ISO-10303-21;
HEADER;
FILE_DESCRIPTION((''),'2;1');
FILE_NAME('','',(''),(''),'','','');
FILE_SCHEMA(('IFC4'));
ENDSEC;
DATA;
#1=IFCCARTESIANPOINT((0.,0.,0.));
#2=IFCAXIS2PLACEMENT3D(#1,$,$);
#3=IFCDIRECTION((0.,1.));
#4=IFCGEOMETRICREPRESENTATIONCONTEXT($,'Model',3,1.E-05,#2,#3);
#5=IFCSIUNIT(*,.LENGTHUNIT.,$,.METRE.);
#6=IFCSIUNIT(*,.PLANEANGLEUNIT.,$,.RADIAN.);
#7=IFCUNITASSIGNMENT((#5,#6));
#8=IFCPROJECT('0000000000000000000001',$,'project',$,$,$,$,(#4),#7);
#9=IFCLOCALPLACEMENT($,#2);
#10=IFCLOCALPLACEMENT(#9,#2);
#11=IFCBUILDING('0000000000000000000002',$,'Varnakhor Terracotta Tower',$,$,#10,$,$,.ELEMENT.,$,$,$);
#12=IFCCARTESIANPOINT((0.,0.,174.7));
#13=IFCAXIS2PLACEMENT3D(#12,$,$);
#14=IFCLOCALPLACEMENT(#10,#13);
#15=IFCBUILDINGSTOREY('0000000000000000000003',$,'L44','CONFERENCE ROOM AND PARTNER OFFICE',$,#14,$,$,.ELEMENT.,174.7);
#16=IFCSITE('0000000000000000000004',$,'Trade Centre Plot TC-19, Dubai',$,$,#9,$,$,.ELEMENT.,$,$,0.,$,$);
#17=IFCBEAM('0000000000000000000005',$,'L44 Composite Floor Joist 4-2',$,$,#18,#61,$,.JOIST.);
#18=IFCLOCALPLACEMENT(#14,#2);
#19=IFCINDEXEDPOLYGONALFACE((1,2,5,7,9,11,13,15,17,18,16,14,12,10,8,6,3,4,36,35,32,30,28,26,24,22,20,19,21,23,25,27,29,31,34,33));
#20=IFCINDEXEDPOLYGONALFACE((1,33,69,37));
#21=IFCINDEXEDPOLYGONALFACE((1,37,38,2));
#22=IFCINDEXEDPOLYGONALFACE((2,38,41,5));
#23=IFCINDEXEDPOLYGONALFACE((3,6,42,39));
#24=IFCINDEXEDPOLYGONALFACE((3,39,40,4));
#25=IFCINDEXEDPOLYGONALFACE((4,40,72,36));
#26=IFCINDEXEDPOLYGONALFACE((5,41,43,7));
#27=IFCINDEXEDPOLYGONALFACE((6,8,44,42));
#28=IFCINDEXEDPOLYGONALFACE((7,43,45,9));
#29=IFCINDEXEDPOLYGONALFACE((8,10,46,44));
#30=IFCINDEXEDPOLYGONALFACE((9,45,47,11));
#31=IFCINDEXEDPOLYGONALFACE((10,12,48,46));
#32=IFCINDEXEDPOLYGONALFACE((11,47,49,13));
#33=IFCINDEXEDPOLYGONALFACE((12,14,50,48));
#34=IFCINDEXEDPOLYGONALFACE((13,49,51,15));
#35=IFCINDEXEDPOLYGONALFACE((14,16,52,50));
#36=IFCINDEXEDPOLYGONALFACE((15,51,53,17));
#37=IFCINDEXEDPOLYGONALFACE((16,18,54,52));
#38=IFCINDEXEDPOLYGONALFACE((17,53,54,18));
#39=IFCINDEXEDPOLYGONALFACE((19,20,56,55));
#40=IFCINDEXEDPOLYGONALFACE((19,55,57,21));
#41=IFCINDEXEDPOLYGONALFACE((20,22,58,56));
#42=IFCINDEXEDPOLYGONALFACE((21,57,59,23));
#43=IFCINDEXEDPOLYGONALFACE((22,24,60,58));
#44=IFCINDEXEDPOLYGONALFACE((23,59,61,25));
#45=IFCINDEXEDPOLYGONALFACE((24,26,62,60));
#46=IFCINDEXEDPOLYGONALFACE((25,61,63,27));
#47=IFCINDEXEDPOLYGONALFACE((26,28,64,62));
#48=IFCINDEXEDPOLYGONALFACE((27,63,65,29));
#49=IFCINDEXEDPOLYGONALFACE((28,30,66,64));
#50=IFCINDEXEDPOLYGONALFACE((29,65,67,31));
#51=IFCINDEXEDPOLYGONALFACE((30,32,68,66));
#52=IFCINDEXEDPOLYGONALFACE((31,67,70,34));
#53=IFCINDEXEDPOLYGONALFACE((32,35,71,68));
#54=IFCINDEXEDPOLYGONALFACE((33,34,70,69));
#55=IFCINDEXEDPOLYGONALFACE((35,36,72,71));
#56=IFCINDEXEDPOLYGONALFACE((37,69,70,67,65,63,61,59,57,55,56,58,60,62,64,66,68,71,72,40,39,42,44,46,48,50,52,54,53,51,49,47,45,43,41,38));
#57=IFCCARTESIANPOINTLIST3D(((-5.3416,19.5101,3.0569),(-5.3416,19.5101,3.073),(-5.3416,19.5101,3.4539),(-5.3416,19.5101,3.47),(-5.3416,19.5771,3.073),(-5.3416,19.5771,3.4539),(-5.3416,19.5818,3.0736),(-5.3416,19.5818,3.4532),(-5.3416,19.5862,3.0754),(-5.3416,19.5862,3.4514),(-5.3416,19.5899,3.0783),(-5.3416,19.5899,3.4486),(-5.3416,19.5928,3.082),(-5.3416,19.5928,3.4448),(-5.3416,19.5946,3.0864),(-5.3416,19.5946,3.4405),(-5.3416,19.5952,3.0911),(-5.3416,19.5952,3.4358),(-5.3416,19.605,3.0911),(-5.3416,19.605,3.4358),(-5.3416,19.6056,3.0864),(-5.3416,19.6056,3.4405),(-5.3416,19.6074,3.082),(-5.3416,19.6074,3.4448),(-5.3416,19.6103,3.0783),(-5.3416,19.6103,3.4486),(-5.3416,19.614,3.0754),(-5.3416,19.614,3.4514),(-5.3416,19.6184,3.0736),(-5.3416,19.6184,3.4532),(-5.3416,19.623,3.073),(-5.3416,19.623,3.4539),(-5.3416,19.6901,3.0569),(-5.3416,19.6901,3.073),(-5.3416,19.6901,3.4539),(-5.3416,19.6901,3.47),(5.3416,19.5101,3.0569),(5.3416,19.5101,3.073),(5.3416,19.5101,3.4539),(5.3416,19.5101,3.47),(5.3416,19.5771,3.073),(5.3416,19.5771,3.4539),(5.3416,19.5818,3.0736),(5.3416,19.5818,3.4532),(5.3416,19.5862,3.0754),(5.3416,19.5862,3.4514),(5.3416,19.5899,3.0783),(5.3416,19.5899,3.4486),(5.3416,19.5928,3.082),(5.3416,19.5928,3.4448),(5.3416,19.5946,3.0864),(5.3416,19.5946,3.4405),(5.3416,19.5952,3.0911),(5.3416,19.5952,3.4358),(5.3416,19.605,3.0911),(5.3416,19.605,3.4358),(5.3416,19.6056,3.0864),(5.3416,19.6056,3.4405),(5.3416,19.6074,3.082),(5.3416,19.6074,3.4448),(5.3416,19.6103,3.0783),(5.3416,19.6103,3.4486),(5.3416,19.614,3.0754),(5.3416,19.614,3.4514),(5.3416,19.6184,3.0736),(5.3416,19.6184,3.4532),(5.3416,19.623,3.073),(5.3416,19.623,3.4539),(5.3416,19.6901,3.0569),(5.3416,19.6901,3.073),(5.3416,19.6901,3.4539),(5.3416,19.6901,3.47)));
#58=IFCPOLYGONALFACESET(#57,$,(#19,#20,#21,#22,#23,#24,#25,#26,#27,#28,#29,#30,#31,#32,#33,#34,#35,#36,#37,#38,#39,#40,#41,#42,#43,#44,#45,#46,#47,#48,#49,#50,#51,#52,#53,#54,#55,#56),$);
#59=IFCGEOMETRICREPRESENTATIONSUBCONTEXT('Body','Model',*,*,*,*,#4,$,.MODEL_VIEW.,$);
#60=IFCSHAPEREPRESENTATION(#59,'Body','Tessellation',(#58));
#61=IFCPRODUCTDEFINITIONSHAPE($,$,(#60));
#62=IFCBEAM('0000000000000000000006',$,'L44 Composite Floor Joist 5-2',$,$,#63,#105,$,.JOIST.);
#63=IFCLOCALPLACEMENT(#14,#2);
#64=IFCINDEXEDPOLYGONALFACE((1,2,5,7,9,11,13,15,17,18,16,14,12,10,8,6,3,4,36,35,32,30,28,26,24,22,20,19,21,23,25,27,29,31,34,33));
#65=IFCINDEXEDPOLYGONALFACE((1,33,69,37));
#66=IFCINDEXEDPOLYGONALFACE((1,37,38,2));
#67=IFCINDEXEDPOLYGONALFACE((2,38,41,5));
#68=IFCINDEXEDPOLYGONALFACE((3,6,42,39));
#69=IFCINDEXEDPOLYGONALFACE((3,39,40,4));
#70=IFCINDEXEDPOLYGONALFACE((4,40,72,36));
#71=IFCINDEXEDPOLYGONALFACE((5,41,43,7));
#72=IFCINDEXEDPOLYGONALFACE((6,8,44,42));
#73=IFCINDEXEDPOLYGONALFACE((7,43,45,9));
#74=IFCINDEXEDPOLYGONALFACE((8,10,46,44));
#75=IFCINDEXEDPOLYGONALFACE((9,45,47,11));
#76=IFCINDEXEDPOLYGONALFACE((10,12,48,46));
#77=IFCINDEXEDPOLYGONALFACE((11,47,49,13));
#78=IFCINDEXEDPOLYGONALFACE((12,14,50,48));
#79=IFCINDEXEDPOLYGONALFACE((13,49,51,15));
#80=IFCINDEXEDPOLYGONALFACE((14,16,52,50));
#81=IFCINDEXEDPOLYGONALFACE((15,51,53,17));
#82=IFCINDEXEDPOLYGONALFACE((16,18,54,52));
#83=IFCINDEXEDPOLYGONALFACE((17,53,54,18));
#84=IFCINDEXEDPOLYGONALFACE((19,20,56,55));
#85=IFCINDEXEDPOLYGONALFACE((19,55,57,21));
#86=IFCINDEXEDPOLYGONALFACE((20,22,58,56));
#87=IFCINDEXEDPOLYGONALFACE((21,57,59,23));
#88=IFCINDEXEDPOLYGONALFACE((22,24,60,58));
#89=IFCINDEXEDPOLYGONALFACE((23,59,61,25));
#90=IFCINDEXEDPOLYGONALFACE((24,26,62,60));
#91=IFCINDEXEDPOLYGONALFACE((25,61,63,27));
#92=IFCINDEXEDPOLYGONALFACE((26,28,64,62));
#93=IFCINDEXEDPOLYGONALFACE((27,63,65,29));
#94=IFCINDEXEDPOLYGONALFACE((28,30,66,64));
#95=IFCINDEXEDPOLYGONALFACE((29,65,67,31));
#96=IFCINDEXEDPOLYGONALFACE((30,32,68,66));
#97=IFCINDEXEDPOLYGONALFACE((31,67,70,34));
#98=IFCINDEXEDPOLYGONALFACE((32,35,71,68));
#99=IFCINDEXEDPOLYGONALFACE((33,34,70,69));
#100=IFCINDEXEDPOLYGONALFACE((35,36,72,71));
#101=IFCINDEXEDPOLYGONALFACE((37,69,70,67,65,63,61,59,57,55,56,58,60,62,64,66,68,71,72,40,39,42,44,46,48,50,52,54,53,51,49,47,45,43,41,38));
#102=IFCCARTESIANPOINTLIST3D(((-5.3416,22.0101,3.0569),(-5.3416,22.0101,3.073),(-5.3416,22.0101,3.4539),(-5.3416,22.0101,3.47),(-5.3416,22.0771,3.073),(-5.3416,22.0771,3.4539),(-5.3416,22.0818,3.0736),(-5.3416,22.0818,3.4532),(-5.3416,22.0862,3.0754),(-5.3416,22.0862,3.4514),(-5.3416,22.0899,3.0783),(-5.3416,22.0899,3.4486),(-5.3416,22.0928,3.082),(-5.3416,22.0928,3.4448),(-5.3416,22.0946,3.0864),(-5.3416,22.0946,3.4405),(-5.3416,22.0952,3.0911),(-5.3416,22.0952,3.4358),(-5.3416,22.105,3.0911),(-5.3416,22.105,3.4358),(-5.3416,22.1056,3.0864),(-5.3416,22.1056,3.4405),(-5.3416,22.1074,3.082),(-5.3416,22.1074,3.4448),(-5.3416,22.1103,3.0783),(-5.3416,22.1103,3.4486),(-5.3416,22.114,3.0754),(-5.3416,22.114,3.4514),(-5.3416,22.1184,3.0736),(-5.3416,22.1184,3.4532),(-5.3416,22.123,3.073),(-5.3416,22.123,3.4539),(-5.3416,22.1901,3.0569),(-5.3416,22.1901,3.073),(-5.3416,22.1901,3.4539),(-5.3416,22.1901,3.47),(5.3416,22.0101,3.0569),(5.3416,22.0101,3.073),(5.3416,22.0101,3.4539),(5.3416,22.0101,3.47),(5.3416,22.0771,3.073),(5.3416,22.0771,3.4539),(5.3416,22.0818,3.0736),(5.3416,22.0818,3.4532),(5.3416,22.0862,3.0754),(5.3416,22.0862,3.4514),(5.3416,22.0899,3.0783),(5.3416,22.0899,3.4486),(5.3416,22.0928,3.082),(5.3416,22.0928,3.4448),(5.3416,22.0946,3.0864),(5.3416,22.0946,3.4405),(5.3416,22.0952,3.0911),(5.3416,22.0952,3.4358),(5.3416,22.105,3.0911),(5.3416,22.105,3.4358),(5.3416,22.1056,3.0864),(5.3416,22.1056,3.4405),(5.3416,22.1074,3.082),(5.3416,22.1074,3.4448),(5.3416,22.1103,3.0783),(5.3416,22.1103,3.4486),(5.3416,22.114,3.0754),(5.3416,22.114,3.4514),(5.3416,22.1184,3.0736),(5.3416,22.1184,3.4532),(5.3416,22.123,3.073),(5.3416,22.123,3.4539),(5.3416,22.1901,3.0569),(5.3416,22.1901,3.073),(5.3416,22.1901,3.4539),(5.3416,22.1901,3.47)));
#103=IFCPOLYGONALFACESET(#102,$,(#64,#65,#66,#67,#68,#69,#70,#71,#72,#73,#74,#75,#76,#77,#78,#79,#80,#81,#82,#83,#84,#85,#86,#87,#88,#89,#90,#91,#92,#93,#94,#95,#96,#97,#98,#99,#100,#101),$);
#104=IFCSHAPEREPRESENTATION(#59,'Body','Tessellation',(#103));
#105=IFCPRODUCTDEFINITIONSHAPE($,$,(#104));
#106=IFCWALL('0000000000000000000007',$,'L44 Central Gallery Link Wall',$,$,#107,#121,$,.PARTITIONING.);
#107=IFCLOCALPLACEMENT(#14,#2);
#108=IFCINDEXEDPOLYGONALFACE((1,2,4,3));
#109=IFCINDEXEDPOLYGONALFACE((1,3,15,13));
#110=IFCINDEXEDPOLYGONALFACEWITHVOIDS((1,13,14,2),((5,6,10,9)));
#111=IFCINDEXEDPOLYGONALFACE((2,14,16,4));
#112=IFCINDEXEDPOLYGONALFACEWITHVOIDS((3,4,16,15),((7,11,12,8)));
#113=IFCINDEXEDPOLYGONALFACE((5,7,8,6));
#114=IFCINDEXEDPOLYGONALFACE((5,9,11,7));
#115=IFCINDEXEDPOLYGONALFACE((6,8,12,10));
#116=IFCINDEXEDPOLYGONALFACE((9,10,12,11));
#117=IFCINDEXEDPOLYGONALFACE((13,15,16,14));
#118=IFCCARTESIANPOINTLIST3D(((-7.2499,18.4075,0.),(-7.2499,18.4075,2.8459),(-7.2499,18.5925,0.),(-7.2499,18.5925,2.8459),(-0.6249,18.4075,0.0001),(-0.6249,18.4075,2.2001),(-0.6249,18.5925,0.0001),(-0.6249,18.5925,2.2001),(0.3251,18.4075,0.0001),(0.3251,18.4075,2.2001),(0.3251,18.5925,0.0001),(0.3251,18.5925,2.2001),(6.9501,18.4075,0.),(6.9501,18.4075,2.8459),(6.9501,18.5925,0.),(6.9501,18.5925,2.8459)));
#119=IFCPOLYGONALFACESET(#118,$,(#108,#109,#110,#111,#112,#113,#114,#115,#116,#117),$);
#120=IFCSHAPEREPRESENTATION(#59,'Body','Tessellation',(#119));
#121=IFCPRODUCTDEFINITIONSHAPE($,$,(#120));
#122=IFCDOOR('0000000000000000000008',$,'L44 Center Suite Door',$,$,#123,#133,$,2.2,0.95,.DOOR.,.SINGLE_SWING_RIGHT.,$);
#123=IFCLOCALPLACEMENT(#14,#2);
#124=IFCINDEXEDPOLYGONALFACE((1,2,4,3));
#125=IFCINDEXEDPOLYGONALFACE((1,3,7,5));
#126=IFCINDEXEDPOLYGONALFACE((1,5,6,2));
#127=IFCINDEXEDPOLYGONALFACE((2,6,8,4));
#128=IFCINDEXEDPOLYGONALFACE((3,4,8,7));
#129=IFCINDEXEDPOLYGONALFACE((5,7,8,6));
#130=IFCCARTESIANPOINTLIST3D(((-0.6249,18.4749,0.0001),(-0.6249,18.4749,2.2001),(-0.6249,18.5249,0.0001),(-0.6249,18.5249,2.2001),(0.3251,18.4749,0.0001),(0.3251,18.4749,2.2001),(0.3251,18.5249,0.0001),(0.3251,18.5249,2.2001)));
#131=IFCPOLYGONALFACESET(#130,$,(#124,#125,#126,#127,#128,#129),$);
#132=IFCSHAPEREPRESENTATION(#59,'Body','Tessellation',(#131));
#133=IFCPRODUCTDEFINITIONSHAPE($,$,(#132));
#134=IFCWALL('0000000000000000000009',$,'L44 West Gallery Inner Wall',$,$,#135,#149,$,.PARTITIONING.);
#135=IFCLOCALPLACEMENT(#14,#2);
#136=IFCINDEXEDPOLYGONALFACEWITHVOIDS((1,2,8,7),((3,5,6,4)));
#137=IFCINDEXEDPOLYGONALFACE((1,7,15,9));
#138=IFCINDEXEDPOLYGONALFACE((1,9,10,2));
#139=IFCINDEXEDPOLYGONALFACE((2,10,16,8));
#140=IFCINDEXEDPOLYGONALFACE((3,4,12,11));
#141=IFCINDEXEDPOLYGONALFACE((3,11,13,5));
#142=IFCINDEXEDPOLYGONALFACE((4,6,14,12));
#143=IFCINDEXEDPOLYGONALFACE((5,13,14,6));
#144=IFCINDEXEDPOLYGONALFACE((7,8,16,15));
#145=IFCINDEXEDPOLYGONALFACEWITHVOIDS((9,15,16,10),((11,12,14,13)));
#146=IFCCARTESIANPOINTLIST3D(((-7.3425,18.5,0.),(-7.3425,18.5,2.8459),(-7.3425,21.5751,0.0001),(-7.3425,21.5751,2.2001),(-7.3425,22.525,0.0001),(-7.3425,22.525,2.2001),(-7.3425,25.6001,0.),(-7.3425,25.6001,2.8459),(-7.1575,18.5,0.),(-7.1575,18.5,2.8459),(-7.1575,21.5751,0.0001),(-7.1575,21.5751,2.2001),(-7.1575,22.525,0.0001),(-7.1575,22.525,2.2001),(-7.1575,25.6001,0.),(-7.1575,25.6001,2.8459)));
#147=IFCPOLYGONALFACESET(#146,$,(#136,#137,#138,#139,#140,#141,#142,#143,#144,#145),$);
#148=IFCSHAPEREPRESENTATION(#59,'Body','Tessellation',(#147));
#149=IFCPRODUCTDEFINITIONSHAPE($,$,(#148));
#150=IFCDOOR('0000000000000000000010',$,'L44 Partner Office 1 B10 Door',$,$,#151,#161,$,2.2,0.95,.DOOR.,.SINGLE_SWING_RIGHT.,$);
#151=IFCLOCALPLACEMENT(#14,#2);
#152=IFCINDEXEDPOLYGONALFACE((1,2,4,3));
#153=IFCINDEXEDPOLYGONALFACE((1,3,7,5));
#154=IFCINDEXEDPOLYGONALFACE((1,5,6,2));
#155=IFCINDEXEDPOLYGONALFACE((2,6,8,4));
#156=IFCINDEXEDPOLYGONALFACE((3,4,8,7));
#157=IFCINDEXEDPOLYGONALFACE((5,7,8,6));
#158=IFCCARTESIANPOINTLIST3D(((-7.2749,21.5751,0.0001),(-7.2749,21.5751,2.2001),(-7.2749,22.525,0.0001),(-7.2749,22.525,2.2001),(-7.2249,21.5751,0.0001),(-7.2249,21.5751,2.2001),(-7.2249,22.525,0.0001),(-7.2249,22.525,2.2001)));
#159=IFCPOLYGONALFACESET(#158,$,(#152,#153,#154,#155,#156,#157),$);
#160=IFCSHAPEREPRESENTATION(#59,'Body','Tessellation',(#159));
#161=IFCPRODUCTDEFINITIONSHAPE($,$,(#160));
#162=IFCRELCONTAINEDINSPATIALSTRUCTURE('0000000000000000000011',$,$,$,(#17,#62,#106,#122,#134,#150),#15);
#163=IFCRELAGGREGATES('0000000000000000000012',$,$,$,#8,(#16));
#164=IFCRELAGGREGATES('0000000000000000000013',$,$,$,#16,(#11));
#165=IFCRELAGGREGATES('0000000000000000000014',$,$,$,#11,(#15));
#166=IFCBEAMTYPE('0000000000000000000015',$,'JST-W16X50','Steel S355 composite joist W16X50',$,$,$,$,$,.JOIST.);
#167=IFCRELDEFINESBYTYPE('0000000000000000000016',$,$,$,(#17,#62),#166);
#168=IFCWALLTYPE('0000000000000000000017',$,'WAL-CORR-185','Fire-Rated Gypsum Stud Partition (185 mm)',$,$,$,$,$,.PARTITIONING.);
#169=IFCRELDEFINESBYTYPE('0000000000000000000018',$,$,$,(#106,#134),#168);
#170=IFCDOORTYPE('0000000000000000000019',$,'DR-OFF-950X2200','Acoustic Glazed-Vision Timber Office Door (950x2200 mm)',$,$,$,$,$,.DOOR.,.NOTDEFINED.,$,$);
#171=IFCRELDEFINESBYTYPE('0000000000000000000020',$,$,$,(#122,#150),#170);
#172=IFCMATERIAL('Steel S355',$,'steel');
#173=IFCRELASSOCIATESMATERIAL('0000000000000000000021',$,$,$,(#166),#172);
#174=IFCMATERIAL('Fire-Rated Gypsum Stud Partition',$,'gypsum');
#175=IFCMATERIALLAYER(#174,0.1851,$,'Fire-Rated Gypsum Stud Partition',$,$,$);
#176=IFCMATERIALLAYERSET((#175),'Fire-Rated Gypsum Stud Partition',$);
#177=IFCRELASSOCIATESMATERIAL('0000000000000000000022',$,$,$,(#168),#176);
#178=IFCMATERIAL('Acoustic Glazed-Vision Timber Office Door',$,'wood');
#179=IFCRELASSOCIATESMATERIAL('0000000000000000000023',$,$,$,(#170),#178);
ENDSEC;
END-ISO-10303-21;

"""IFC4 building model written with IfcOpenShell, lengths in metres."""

from ifc_helpers import new_model, si_unit, direction, frame, frame_2d, origin, origin_2d, place, context, subcontext, project, spatial, rectangle, i_section, extrude, source, transform, mapped, material, layer, layer_set, material_profile, profile_set, type_object, type_shapes, element, fill, save


model = new_model("IFC4")

# Units and contexts
model_context = context("Model", 3, precision=1e-05, world=origin(), true_north=direction((0.0, 1.0)))
body_context = subcontext(model_context, "Body", "Model", "MODEL_VIEW")
ifc_project = project(units=[si_unit("LENGTHUNIT", "METRE"), si_unit("PLANEANGLEUNIT", "RADIAN")], contexts=[model_context])

# Site, building, storey
site_placement = place(None, origin())
site = spatial("IfcSite", under=ifc_project, at=site_placement, Name="Trade Centre Plot TC-19, Dubai", CompositionType="ELEMENT", RefElevation=0.0)
building_placement = place(site_placement, origin())
building = spatial("IfcBuilding", under=site, at=building_placement, Name="Varnakhor Terracotta Tower", CompositionType="ELEMENT")
storey_placement = place(building_placement, frame((0.0, 0.0, 174.7)))
storey = spatial("IfcBuildingStorey", under=building, at=storey_placement, Name="L44", Description="CONFERENCE ROOM AND PARTNER OFFICE", CompositionType="ELEMENT", Elevation=174.7)

# Beams
ifc_material_1 = material(Name="Steel S355", Category="steel")
ifc_material_profile_1 = material_profile(ifc_material_1, i_section(OverallWidth=0.1799, OverallDepth=0.4131, WebThickness=0.0098, FlangeThickness=0.0161, FilletRadius=0.0181, at=origin_2d()), Name="W16X50")
ifc_profile_set_1 = profile_set([ifc_material_profile_1], Name="Steel S355")
beam_type_1 = type_object("IfcBeamType", Name="JST-W16X50", Description="Steel S355 composite joist W16X50", PredefinedType="JOIST", material=ifc_profile_set_1)
shared_shape_1 = source(origin(), body_context, "Body", "SweptSolid", [
    extrude(i_section(OverallWidth=0.1799, OverallDepth=0.4131, WebThickness=0.0098, FlangeThickness=0.0161, FilletRadius=0.0181, at=origin_2d()), origin(), (0.0, 0.0, 1.0), 10.6831),
])
for number, where, z_axis, x_axis, name in (
    (1, (-5.3416, 19.6001, 3.2634), (1.0, 0.0, 0.0), (0.0, 1.0, 0.0), "L44 Composite Floor Joist 4-2"),
    (2, (-5.3416, 22.1001, 3.2634), (1.0, 0.0, 0.0), (0.0, 1.0, 0.0), "L44 Composite Floor Joist 5-2"),
):
    element("IfcBeam", number, at=place(storey_placement, frame(where, z_axis=z_axis, x_axis=x_axis)), inside=storey, type_object=beam_type_1, Name=name, PredefinedType="JOIST", context=body_context, shape_type="MappedRepresentation", body=[
        mapped(shared_shape_1, transform((0.0, 0.0, 0.0), scale=1.0)),
    ])

# Walls, openings, doors
ifc_material_2 = material(Name="Fire-Rated Gypsum Stud Partition", Category="gypsum")
ifc_layer_1 = layer(ifc_material_2, 0.1851, Name="Fire-Rated Gypsum Stud Partition")
ifc_layer_set_1 = layer_set([ifc_layer_1], Name="Fire-Rated Gypsum Stud Partition")
wall_type_1 = type_object("IfcWallType", Name="WAL-CORR-185", Description="Fire-Rated Gypsum Stud Partition (185 mm)", PredefinedType="PARTITIONING", material=ifc_layer_set_1)
wall_1_placement = place(storey_placement, frame((-7.25, 18.5, 0.0), z_axis=(0.0, 0.0, 1.0), x_axis=(1.0, 0.0, 0.0)))
wall_1 = element("IfcWall", 3, at=wall_1_placement, inside=storey, type_object=wall_type_1, Name="L44 Central Gallery Link Wall", PredefinedType="PARTITIONING", context=body_context, shape_type="SweptSolid", body=[
    extrude(rectangle(XDim=14.2, YDim=0.1851, at=frame_2d((7.1001, 0.0))), origin(), (0.0, 0.0, 1.0), 2.8459),
])
opening_1_placement = place(wall_1_placement, frame((6.625, 0.0, 0.0)))
opening_1 = element("IfcOpeningElement", 4, at=opening_1_placement, cuts=wall_1, PredefinedType="OPENING", context=body_context, shape_type="SweptSolid", body=[
    extrude(rectangle(XDim=0.95, YDim=2.2, at=frame_2d((0.4751, 1.1001))), frame((0.0, 0.1025, 0.0), z_axis=(0.0, -1.0, 0.0), x_axis=(1.0, 0.0, 0.0)), (0.0, 0.0, 1.0), 0.2051),
])
ifc_material_3 = material(Name="Acoustic Glazed-Vision Timber Office Door", Category="wood")
door_type_1 = type_object("IfcDoorType", Name="DR-OFF-950X2200", Description="Acoustic Glazed-Vision Timber Office Door (950x2200 mm)", OperationType="NOTDEFINED", PredefinedType="DOOR", material=ifc_material_3)
shared_shape_2 = source(origin(), body_context, "Body", "SweptSolid", [
    extrude(rectangle(XDim=0.95, YDim=2.2, at=frame_2d((0.4751, 1.1001))), frame((0.0, 0.0249, 0.0), z_axis=(0.0, -1.0, 0.0), x_axis=(1.0, 0.0, 0.0)), (0.0, 0.0, 1.0), 0.05),
])
type_shapes(door_type_1, [shared_shape_2])
door_1_placement = place(opening_1_placement, origin())
door_1 = element("IfcDoor", 5, at=door_1_placement, inside=storey, type_object=door_type_1, Name="L44 Center Suite Door", OperationType="SINGLE_SWING_RIGHT", OverallHeight=2.2, OverallWidth=0.95, PredefinedType="DOOR", context=body_context, shape_type="MappedRepresentation", body=[
    mapped(shared_shape_2, transform((0.0, 0.0, 0.0), scale=1.0)),
])
fill(opening_1, door_1)
wall_2_placement = place(storey_placement, frame((-7.25, 18.5, 0.0), z_axis=(0.0, 0.0, 1.0), x_axis=(0.0, 1.0, 0.0)))
wall_2 = element("IfcWall", 6, at=wall_2_placement, inside=storey, type_object=wall_type_1, Name="L44 West Gallery Inner Wall", PredefinedType="PARTITIONING", context=body_context, shape_type="SweptSolid", body=[
    extrude(rectangle(XDim=7.1001, YDim=0.1851, at=frame_2d((3.55, 0.0))), origin(), (0.0, 0.0, 1.0), 2.8459),
])
opening_2_placement = place(wall_2_placement, frame((3.075, 0.0, 0.0)))
opening_2 = element("IfcOpeningElement", 7, at=opening_2_placement, cuts=wall_2, PredefinedType="OPENING", context=body_context, shape_type="SweptSolid", body=[
    extrude(rectangle(XDim=0.95, YDim=2.2, at=frame_2d((0.4751, 1.1001))), frame((0.0, 0.1025, 0.0), z_axis=(0.0, -1.0, 0.0), x_axis=(1.0, 0.0, 0.0)), (0.0, 0.0, 1.0), 0.2051),
])
door_2_placement = place(opening_2_placement, origin())
door_2 = element("IfcDoor", 8, at=door_2_placement, inside=storey, type_object=door_type_1, Name="L44 Partner Office 1 B10 Door", OperationType="SINGLE_SWING_RIGHT", OverallHeight=2.2, OverallWidth=0.95, PredefinedType="DOOR", context=body_context, shape_type="MappedRepresentation", body=[
    mapped(shared_shape_2, transform((0.0, 0.0, 0.0), scale=1.0)),
])
fill(opening_2, door_2)

save(model, "model.ifc")
